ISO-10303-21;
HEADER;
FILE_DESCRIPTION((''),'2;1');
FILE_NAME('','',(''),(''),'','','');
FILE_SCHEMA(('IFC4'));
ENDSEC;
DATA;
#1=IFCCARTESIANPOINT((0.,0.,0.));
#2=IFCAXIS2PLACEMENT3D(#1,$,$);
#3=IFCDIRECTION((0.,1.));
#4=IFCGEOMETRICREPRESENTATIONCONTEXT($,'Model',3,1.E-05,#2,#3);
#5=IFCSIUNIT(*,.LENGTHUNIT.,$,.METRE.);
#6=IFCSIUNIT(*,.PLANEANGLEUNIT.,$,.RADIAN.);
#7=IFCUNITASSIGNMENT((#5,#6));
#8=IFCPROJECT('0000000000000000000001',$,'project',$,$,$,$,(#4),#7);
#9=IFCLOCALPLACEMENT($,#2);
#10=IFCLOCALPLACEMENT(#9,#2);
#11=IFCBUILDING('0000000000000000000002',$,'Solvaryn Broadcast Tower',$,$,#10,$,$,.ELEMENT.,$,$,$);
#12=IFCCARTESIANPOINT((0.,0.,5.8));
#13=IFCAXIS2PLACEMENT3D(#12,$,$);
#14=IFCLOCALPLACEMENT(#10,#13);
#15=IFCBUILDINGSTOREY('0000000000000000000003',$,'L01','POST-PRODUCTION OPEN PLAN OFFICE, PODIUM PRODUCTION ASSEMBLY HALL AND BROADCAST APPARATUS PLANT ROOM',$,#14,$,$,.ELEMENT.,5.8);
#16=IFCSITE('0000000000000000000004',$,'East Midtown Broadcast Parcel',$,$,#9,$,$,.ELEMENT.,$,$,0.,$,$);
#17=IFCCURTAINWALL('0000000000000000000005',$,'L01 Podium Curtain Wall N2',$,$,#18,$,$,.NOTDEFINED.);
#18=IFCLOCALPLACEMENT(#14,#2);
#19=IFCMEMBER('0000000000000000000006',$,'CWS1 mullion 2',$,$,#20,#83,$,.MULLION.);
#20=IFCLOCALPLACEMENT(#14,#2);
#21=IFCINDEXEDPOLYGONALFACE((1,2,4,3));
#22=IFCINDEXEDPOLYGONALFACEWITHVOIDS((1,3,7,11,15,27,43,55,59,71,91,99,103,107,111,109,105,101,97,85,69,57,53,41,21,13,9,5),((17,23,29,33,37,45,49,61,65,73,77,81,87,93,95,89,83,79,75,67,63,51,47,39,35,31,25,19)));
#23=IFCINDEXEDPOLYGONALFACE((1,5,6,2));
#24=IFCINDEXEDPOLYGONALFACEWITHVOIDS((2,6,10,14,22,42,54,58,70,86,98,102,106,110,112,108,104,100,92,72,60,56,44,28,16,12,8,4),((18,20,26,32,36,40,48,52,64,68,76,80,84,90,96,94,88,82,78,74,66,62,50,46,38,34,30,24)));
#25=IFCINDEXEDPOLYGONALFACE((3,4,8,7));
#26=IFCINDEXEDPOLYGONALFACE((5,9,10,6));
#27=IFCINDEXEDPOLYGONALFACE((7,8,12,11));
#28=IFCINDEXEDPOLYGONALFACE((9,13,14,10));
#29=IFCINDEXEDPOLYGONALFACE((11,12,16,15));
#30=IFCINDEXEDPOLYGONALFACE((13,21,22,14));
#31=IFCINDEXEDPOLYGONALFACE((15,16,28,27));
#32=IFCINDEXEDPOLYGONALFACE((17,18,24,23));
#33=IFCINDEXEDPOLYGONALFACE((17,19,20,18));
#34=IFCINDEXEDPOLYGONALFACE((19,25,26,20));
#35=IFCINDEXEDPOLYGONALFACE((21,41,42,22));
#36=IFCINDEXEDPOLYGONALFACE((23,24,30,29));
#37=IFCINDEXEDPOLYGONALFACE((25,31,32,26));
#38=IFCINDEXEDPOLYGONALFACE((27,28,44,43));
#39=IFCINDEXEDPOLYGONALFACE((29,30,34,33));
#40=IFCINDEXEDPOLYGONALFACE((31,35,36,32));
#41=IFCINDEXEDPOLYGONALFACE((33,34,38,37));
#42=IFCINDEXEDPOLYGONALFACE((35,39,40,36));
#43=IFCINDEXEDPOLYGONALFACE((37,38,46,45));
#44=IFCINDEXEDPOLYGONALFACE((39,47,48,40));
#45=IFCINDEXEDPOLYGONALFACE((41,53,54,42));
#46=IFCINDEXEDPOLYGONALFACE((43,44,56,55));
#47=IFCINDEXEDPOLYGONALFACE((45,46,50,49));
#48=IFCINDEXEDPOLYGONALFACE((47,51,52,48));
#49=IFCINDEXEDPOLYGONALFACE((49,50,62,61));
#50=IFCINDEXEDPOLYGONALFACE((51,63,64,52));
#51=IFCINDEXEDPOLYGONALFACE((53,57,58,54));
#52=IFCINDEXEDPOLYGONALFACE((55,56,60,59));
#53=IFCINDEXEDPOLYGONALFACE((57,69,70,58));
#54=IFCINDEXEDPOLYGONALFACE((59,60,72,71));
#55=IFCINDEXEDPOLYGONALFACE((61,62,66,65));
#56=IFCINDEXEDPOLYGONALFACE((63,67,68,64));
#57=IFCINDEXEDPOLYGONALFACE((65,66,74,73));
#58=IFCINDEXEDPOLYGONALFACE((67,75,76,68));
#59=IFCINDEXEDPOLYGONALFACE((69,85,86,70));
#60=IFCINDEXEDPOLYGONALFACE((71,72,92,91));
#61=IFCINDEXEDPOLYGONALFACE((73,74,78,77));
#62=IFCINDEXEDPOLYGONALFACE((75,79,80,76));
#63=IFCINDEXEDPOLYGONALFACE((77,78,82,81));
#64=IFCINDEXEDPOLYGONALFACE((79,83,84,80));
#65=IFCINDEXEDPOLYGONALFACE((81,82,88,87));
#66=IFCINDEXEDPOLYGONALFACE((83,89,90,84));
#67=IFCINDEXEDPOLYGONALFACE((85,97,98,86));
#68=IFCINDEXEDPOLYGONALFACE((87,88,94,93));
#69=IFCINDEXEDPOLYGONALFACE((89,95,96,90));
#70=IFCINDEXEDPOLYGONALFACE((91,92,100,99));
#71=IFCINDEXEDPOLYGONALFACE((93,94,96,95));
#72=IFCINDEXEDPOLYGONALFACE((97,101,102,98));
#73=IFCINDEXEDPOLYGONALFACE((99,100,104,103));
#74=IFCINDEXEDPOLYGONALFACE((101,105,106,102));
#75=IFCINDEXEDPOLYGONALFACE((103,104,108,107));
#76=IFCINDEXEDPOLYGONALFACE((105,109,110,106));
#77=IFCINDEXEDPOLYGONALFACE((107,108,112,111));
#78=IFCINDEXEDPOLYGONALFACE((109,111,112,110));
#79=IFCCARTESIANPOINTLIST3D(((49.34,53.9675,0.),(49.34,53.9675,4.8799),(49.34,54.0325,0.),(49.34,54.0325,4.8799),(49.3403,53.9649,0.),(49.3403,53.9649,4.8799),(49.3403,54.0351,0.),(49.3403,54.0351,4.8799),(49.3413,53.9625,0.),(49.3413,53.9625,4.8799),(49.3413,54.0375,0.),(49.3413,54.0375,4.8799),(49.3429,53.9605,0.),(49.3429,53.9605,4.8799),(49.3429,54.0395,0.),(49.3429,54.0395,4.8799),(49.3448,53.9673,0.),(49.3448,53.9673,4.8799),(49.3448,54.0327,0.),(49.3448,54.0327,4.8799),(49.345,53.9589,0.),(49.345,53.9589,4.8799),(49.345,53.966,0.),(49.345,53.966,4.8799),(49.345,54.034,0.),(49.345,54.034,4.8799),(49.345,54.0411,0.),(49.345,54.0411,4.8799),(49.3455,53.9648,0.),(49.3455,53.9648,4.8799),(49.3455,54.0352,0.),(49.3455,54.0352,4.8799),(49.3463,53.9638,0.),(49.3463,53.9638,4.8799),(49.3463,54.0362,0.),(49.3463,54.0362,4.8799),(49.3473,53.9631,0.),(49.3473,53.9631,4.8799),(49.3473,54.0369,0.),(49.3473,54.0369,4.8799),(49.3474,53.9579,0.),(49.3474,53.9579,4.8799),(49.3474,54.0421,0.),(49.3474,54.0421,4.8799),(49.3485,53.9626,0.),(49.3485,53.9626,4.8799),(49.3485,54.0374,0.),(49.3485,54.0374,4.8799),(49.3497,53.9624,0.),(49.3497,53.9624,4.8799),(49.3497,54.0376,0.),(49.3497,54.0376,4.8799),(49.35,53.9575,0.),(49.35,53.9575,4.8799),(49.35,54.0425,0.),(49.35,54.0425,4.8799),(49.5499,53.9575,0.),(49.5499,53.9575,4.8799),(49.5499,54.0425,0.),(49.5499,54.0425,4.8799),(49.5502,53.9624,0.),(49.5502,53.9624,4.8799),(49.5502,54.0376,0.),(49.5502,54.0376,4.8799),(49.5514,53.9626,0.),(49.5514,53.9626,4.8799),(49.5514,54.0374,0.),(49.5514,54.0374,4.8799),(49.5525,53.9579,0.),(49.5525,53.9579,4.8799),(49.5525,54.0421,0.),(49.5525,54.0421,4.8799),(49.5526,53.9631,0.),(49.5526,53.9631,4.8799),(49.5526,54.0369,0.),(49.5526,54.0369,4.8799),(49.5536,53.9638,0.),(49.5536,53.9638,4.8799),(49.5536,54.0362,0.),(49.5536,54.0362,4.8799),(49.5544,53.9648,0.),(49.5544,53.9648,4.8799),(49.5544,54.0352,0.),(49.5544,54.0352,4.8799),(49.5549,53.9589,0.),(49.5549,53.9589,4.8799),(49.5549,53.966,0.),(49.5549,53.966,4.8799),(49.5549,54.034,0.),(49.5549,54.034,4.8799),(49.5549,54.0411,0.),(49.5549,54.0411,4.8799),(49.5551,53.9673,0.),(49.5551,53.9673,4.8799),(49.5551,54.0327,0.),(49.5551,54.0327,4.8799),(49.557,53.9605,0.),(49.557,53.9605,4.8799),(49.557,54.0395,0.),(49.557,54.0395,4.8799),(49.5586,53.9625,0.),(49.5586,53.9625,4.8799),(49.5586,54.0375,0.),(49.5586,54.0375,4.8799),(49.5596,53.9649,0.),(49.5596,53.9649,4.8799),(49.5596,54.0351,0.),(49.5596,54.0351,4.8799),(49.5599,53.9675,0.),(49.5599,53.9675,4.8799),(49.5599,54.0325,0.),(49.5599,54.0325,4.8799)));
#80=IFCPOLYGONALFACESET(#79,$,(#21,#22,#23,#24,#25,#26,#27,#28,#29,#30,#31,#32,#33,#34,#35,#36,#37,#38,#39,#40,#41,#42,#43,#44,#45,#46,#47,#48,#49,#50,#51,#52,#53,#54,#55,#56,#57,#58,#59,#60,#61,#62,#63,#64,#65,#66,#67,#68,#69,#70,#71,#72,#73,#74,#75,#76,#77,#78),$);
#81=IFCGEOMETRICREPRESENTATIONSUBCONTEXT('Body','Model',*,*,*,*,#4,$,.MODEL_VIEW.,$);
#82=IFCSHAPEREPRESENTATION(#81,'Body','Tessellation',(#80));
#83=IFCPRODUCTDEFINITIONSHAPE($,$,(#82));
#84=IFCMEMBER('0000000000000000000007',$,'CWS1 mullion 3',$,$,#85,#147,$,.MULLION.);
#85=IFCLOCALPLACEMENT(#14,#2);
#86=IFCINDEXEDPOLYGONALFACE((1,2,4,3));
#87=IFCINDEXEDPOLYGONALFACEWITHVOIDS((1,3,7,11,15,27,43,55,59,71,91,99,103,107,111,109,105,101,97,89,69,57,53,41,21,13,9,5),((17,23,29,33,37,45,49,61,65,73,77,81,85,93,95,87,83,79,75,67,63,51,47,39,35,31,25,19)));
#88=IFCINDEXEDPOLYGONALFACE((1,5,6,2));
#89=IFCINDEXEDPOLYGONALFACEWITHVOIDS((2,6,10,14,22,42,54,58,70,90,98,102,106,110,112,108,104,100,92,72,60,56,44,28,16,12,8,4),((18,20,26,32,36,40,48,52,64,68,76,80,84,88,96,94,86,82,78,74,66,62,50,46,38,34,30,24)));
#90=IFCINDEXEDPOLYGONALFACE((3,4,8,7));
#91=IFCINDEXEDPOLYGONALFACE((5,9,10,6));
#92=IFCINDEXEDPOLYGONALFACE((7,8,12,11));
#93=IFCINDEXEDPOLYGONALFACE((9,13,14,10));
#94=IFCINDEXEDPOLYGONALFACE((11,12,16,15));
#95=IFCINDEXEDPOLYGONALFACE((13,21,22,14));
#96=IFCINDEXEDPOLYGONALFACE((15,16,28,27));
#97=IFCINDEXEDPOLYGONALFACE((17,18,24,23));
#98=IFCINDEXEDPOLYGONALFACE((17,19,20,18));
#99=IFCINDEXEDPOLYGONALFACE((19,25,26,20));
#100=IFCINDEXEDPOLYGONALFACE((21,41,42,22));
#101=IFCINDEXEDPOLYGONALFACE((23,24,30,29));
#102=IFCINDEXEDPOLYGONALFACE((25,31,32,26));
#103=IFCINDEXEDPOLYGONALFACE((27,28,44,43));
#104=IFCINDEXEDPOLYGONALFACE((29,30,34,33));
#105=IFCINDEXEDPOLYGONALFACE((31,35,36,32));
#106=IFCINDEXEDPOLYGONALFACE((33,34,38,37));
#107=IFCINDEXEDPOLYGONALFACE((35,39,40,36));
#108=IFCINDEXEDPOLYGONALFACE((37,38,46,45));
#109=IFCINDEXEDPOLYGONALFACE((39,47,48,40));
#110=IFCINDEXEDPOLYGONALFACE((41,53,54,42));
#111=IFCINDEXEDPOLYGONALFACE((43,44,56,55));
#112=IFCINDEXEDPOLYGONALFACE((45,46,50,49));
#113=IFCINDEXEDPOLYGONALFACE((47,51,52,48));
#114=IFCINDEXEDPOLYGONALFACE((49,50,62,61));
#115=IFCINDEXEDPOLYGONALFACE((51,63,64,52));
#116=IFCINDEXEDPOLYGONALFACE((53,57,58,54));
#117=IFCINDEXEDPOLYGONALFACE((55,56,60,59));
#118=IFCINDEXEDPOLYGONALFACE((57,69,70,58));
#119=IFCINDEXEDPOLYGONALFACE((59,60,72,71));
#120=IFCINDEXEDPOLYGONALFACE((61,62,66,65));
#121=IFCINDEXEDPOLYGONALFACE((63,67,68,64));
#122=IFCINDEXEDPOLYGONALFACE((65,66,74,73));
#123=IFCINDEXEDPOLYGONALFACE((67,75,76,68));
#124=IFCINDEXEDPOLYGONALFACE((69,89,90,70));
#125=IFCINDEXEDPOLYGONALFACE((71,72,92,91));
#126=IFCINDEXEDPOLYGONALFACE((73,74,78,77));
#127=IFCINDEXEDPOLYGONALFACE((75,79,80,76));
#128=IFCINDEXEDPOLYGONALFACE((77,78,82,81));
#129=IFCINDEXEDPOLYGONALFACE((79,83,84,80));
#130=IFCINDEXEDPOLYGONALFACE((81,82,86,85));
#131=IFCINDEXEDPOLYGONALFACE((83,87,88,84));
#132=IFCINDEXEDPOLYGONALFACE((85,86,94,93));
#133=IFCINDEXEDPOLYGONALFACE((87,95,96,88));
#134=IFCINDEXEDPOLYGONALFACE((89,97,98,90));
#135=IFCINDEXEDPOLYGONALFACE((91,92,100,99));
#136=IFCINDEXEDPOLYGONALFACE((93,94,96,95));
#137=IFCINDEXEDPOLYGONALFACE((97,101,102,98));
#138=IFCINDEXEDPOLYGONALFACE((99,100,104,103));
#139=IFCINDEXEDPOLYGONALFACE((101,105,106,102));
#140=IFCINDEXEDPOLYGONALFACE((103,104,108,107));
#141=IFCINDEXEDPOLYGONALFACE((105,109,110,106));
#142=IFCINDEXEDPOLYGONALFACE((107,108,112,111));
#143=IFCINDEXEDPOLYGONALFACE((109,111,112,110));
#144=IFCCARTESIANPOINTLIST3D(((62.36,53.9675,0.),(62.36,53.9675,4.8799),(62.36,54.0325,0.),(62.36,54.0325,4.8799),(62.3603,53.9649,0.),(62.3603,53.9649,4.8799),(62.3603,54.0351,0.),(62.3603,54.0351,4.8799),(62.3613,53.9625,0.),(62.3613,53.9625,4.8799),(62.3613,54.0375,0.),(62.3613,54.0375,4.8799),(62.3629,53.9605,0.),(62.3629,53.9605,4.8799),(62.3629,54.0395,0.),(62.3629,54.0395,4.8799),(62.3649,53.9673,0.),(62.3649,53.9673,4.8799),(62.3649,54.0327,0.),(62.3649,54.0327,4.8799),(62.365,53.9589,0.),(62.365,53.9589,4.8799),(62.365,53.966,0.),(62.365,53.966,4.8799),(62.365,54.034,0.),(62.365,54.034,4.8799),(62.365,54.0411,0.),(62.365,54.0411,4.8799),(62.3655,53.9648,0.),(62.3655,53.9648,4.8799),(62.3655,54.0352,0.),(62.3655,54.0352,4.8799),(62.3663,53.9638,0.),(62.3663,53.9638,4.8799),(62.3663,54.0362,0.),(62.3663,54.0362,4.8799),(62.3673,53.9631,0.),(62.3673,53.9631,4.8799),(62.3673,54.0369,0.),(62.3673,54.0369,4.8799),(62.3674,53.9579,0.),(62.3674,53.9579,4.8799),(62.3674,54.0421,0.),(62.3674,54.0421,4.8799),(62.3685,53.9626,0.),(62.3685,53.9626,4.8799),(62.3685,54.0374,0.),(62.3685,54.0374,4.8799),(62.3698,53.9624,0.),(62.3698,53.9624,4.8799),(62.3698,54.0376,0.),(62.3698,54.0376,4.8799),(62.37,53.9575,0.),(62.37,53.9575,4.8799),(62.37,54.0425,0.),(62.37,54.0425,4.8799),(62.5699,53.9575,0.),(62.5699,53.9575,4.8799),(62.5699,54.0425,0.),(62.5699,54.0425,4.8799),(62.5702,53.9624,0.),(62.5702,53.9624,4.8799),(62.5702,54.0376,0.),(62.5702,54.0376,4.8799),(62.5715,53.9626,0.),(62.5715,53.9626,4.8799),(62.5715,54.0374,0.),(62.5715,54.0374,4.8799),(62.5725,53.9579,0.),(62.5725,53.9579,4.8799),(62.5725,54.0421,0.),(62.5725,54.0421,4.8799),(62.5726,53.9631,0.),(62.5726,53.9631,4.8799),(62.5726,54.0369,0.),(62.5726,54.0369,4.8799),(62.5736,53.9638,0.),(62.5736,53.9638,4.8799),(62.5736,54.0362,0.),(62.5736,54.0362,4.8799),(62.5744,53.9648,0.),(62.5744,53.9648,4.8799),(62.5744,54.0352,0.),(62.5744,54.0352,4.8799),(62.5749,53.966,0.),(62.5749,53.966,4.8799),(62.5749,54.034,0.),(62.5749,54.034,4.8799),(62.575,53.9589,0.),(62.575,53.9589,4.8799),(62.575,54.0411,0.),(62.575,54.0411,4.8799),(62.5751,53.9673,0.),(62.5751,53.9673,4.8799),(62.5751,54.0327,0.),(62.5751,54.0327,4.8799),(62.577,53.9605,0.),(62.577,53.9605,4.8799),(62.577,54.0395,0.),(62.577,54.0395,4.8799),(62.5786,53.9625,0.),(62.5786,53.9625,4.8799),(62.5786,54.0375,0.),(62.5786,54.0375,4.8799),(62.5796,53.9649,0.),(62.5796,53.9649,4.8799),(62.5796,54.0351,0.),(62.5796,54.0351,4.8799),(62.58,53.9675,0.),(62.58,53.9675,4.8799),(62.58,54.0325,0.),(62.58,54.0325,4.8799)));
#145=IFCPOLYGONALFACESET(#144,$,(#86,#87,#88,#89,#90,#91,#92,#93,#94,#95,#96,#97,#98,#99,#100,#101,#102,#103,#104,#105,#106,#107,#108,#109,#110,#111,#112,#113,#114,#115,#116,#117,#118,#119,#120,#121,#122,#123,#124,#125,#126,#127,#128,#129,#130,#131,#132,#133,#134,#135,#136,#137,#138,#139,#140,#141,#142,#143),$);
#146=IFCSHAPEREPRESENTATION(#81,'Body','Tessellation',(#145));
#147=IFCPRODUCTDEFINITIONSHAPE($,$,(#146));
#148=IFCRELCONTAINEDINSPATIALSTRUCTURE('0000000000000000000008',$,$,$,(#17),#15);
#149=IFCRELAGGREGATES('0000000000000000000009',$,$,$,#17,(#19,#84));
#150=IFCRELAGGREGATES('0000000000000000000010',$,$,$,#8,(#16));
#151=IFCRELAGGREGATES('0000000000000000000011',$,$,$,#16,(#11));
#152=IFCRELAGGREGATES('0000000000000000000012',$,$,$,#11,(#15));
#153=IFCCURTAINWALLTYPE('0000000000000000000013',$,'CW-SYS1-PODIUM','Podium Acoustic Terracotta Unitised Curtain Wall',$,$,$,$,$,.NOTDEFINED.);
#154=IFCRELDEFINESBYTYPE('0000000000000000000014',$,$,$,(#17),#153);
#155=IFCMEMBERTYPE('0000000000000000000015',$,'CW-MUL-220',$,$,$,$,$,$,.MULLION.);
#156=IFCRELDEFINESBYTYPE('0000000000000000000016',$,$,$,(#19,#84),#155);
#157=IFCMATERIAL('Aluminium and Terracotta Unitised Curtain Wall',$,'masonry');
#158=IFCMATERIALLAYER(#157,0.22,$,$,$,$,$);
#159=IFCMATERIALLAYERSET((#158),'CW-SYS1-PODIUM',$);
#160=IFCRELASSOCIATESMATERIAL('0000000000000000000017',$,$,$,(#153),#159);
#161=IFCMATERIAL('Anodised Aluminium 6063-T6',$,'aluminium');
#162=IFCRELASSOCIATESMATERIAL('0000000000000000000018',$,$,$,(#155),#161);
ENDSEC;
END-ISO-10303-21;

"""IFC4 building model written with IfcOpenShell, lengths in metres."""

from ifc_helpers import new_model, si_unit, direction, frame, origin, origin_2d, place, context, subcontext, project, spatial, hollow_rectangle, extrude, material, layer, layer_set, material_profile, profile_set, type_object, element, aggregate, save


model = new_model("IFC4")

# Units and contexts
model_context = context("Model", 3, precision=1e-05, world=origin(), true_north=direction((0.0, 1.0)))
body_context = subcontext(model_context, "Body", "Model", "MODEL_VIEW")
ifc_project = project(units=[si_unit("LENGTHUNIT", "METRE"), si_unit("PLANEANGLEUNIT", "RADIAN")], contexts=[model_context])

# Site, building, storey
site_placement = place(None, origin())
site = spatial("IfcSite", under=ifc_project, at=site_placement, Name="East Midtown Broadcast Parcel", CompositionType="ELEMENT", RefElevation=0.0)
building_placement = place(site_placement, origin())
building = spatial("IfcBuilding", under=site, at=building_placement, Name="Solvaryn Broadcast Tower", CompositionType="ELEMENT")
storey_placement = place(building_placement, frame((0.0, 0.0, 5.8)))
storey = spatial("IfcBuildingStorey", under=building, at=storey_placement, Name="L01", Description="POST-PRODUCTION OPEN PLAN OFFICE, PODIUM PRODUCTION ASSEMBLY HALL AND BROADCAST APPARATUS PLANT ROOM", CompositionType="ELEMENT", Elevation=5.8)

# Curtain wall, members
ifc_material_1 = material(Name="Aluminium and Terracotta Unitised Curtain Wall", Category="masonry")
ifc_layer_1 = layer(ifc_material_1, 0.22)
ifc_layer_set_1 = layer_set([ifc_layer_1], Name="CW-SYS1-PODIUM")
curtain_wall_type = type_object("IfcCurtainWallType", Name="CW-SYS1-PODIUM", Description="Podium Acoustic Terracotta Unitised Curtain Wall", PredefinedType="NOTDEFINED", material=ifc_layer_set_1)
curtain_wall_1_placement = place(storey_placement, origin())
curtain_wall_1 = element("IfcCurtainWall", 1, at=curtain_wall_1_placement, inside=storey, type_object=curtain_wall_type, Name="L01 Podium Curtain Wall N2", PredefinedType="NOTDEFINED")
ifc_material_2 = material(Name="Anodised Aluminium 6063-T6", Category="aluminium")
ifc_material_profile_1 = material_profile(ifc_material_2, hollow_rectangle(XDim=0.085, YDim=0.22, WallThickness=0.0049, InnerFilletRadius=0.0049, OuterFilletRadius=0.01, at=origin_2d()))
ifc_profile_set_1 = profile_set([ifc_material_profile_1], Name="Anodised Aluminium 6063-T6")
member_type_1 = type_object("IfcMemberType", Name="CW-MUL-220", PredefinedType="MULLION", material=ifc_profile_set_1)
member_1_placement = place(storey_placement, frame((49.45, 54.0, 0.0), z_axis=(0.0, 0.0, 1.0), x_axis=(0.0, 1.0, 0.0)))
member_1 = element("IfcMember", 2, at=member_1_placement, type_object=member_type_1, Name="CWS1 mullion 2", PredefinedType="MULLION", context=body_context, shape_type="SweptSolid", body=[
    extrude(hollow_rectangle(XDim=0.085, YDim=0.22, WallThickness=0.0049, InnerFilletRadius=0.0049, OuterFilletRadius=0.01, at=origin_2d()), origin(), (0.0, 0.0, 1.0), 4.8799),
])
member_2_placement = place(storey_placement, frame((62.47, 54.0, 0.0), z_axis=(0.0, 0.0, 1.0), x_axis=(0.0, 1.0, 0.0)))
member_2 = element("IfcMember", 3, at=member_2_placement, type_object=member_type_1, Name="CWS1 mullion 3", PredefinedType="MULLION", context=body_context, shape_type="SweptSolid", body=[
    extrude(hollow_rectangle(XDim=0.085, YDim=0.22, WallThickness=0.0049, InnerFilletRadius=0.0049, OuterFilletRadius=0.01, at=origin_2d()), origin(), (0.0, 0.0, 1.0), 4.8799),
])

aggregate(curtain_wall_1, [member_1, member_2])

save(model, "model.ifc")
